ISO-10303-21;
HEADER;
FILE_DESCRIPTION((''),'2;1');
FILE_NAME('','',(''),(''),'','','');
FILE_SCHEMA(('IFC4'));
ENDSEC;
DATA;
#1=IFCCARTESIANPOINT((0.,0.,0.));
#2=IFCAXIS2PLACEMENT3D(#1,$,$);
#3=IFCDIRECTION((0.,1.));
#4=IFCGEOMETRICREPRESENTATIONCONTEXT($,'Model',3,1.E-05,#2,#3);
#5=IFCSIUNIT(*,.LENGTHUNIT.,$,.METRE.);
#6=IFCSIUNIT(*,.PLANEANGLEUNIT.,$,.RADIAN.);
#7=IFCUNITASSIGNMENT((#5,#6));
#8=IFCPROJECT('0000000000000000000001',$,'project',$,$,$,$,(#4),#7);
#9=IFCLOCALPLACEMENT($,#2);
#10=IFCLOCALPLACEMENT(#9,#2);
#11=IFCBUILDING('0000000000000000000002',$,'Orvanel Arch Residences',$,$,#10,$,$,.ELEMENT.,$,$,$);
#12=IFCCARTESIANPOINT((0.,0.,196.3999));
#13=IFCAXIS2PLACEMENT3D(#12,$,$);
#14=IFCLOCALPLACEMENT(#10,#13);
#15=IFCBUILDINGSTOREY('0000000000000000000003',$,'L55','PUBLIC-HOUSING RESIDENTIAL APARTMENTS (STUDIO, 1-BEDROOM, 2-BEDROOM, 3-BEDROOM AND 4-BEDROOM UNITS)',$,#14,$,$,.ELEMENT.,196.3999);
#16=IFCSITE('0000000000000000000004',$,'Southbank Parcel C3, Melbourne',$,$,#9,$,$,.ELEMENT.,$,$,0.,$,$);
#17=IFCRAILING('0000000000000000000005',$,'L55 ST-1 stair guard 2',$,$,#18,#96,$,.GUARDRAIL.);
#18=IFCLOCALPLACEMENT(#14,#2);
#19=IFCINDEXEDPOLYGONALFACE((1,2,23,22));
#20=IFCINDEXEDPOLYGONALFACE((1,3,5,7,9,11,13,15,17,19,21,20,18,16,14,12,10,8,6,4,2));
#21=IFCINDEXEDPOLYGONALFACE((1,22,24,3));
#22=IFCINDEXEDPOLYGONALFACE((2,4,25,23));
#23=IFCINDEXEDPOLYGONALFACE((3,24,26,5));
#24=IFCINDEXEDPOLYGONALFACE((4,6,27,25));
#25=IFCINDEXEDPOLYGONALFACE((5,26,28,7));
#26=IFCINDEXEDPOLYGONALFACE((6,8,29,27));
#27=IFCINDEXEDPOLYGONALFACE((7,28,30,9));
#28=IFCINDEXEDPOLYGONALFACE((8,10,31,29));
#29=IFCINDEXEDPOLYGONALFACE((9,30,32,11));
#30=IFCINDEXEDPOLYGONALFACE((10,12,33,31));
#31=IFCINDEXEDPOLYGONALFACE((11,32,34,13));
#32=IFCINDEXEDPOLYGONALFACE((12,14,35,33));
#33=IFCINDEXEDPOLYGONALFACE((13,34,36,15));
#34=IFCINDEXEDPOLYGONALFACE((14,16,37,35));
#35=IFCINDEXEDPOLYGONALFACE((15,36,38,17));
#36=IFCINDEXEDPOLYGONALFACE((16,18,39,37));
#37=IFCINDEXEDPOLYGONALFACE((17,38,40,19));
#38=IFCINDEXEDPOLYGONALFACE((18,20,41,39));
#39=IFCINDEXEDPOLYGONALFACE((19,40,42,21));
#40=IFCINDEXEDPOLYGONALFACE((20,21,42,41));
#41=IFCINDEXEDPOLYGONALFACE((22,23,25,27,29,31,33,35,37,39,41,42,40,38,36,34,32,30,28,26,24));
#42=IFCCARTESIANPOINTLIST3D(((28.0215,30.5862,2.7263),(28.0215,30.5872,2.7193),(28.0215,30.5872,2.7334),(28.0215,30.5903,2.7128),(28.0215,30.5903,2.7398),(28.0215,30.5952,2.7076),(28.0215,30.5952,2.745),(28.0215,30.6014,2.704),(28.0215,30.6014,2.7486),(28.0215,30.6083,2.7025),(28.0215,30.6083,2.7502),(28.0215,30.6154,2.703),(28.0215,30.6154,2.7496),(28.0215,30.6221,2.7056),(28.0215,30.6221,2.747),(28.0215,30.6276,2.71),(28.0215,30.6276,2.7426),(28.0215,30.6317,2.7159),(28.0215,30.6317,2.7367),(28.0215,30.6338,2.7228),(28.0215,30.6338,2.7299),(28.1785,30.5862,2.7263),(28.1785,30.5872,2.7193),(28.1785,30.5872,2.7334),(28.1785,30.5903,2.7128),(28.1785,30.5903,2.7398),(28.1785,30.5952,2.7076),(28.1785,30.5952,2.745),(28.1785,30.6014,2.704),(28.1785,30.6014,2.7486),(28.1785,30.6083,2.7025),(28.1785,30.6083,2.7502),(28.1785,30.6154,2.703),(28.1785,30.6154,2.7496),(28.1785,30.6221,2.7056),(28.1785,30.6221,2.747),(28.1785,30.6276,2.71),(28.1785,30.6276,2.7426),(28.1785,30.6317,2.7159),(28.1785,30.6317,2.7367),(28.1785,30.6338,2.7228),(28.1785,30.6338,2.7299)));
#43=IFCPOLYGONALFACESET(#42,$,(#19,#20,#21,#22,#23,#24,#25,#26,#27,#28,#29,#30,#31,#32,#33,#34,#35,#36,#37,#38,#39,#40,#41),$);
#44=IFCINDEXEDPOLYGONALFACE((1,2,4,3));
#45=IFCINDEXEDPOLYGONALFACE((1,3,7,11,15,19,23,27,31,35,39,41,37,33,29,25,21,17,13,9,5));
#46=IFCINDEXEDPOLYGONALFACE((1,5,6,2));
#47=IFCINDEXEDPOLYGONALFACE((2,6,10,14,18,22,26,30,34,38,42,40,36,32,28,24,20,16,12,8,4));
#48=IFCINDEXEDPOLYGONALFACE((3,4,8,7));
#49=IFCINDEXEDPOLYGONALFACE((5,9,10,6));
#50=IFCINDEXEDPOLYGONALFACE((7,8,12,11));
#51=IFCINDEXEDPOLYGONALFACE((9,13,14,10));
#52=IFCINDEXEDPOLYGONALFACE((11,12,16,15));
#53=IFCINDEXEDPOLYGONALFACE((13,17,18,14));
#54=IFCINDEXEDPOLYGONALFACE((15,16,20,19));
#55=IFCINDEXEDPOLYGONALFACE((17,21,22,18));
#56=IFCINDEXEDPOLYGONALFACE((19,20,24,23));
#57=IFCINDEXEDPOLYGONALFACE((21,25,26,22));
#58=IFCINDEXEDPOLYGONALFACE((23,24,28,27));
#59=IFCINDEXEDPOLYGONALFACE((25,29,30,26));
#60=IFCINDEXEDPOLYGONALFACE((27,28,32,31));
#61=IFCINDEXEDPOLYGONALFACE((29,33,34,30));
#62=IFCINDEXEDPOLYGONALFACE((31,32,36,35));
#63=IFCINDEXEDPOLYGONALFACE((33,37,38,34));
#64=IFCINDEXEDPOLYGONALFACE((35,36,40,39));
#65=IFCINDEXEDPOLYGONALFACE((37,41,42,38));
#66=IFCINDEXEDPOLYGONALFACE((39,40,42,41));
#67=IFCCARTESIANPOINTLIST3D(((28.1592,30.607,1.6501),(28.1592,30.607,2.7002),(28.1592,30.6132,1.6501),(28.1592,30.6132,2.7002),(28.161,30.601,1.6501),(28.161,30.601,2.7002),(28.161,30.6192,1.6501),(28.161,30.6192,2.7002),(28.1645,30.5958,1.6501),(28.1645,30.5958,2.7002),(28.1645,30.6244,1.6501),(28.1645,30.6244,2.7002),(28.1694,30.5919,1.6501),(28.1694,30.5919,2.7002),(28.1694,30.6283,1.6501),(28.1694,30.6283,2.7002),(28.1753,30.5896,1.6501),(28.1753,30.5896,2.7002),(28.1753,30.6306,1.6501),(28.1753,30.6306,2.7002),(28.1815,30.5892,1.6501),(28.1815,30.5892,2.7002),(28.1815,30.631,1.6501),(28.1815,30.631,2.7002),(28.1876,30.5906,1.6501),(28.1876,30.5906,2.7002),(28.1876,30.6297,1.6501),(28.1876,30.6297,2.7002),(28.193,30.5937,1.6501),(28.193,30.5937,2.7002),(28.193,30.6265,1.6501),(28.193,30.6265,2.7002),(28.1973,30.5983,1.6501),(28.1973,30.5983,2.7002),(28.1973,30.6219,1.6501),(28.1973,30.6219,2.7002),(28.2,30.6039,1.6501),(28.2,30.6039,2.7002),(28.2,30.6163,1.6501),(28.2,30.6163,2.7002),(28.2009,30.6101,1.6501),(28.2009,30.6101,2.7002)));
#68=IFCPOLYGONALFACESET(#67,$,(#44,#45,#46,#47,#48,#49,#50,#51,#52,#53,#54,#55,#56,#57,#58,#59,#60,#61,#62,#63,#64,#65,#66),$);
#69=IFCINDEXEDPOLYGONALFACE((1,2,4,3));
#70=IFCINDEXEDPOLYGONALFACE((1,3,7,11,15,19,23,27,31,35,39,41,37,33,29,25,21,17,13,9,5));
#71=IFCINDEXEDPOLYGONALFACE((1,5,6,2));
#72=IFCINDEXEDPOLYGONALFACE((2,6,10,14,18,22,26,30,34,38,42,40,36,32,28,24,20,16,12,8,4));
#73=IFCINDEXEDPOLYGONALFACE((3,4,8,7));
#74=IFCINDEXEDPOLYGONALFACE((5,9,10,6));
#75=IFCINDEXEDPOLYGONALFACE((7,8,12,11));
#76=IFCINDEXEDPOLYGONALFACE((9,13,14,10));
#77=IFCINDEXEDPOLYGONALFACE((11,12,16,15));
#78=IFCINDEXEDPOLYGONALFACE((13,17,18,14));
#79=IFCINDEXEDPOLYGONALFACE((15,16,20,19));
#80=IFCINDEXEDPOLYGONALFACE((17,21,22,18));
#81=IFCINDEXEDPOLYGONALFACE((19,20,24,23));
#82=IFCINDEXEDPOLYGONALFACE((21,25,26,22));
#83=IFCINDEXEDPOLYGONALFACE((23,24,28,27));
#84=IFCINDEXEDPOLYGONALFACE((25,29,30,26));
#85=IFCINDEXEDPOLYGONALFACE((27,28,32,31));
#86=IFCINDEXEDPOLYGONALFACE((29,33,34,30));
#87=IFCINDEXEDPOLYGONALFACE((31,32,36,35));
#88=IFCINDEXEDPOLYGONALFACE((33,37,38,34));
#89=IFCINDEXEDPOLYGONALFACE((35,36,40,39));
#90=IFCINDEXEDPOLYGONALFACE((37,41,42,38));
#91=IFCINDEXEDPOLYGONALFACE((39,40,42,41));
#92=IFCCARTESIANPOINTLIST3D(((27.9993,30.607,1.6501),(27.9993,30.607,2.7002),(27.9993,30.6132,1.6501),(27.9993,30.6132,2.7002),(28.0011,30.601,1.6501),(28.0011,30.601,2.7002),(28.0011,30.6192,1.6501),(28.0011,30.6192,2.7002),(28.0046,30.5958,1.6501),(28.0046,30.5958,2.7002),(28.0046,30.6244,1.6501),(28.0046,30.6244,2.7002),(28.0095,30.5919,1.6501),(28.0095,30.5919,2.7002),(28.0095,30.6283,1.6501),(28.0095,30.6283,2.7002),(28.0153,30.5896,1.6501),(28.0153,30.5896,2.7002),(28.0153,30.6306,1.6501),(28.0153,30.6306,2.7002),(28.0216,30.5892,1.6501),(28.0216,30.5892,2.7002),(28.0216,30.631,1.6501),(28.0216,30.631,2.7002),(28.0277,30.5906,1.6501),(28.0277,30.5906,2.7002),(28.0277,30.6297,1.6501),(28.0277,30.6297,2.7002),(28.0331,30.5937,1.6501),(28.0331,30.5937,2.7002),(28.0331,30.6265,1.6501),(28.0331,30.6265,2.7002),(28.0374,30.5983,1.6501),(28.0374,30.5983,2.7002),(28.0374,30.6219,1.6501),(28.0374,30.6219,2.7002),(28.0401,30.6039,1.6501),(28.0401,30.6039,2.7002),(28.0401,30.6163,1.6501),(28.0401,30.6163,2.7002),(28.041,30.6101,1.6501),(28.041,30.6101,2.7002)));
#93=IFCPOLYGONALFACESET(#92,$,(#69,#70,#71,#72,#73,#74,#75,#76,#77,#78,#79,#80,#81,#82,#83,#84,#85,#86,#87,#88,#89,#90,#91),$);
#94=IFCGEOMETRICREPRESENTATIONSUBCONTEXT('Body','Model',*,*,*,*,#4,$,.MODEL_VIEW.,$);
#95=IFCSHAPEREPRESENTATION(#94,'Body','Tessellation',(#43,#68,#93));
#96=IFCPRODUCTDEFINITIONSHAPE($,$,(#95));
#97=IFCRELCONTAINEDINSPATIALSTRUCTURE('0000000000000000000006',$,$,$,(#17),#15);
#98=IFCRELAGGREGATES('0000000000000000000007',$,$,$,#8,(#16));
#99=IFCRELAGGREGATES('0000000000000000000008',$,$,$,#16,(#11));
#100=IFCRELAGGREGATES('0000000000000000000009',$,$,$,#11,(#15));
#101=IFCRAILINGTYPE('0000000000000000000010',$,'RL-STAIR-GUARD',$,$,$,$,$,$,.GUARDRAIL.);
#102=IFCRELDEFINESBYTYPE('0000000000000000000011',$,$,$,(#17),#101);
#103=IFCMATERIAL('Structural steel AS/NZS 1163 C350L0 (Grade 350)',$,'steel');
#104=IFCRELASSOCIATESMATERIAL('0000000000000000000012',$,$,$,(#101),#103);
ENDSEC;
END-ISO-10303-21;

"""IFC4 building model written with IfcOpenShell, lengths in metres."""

from ifc_helpers import new_model, si_unit, direction, frame, origin, origin_2d, place, context, subcontext, project, spatial, circle, extrude, material, type_object, element, save


model = new_model("IFC4")

# Units and contexts
model_context = context("Model", 3, precision=1e-05, world=origin(), true_north=direction((0.0, 1.0)))
body_context = subcontext(model_context, "Body", "Model", "MODEL_VIEW")
ifc_project = project(units=[si_unit("LENGTHUNIT", "METRE"), si_unit("PLANEANGLEUNIT", "RADIAN")], contexts=[model_context])

# Site, building, storey
site_placement = place(None, origin())
site = spatial("IfcSite", under=ifc_project, at=site_placement, Name="Southbank Parcel C3, Melbourne", CompositionType="ELEMENT", RefElevation=0.0)
building_placement = place(site_placement, origin())
building = spatial("IfcBuilding", under=site, at=building_placement, Name="Orvanel Arch Residences", CompositionType="ELEMENT")
storey_placement = place(building_placement, frame((0.0, 0.0, 196.3999)))
storey = spatial("IfcBuildingStorey", under=building, at=storey_placement, Name="L55", Description="PUBLIC-HOUSING RESIDENTIAL APARTMENTS (STUDIO, 1-BEDROOM, 2-BEDROOM, 3-BEDROOM AND 4-BEDROOM UNITS)", CompositionType="ELEMENT", Elevation=196.3999)

# Railing
ifc_material_1 = material(Name="Structural steel AS/NZS 1163 C350L0 (Grade 350)", Category="steel")
railing_type_1 = type_object("IfcRailingType", Name="RL-STAIR-GUARD", PredefinedType="GUARDRAIL", material=ifc_material_1)
railing_1_placement = place(storey_placement, frame((28.1799, 30.6101, 1.6501)))
element("IfcRailing", 1, at=railing_1_placement, inside=storey, type_object=railing_type_1, Name="L55 ST-1 stair guard 2", PredefinedType="GUARDRAIL", context=body_context, shape_type="SweptSolid", body=[
    extrude(circle(Radius=0.0239, at=origin_2d()), frame((-0.0015, 0.0, 1.0762), z_axis=(-1.0, 0.0, 0.0), x_axis=(0.0, -1.0, 0.0)), (0.0, 0.0, 1.0), 0.157),
    extrude(circle(Radius=0.021, at=origin_2d()), origin(), (0.0, 0.0, 1.0), 1.05),
    extrude(circle(Radius=0.021, at=origin_2d()), frame((-0.1599, 0.0, 0.0)), (0.0, 0.0, 1.0), 1.05),
])

save(model, "model.ifc")
